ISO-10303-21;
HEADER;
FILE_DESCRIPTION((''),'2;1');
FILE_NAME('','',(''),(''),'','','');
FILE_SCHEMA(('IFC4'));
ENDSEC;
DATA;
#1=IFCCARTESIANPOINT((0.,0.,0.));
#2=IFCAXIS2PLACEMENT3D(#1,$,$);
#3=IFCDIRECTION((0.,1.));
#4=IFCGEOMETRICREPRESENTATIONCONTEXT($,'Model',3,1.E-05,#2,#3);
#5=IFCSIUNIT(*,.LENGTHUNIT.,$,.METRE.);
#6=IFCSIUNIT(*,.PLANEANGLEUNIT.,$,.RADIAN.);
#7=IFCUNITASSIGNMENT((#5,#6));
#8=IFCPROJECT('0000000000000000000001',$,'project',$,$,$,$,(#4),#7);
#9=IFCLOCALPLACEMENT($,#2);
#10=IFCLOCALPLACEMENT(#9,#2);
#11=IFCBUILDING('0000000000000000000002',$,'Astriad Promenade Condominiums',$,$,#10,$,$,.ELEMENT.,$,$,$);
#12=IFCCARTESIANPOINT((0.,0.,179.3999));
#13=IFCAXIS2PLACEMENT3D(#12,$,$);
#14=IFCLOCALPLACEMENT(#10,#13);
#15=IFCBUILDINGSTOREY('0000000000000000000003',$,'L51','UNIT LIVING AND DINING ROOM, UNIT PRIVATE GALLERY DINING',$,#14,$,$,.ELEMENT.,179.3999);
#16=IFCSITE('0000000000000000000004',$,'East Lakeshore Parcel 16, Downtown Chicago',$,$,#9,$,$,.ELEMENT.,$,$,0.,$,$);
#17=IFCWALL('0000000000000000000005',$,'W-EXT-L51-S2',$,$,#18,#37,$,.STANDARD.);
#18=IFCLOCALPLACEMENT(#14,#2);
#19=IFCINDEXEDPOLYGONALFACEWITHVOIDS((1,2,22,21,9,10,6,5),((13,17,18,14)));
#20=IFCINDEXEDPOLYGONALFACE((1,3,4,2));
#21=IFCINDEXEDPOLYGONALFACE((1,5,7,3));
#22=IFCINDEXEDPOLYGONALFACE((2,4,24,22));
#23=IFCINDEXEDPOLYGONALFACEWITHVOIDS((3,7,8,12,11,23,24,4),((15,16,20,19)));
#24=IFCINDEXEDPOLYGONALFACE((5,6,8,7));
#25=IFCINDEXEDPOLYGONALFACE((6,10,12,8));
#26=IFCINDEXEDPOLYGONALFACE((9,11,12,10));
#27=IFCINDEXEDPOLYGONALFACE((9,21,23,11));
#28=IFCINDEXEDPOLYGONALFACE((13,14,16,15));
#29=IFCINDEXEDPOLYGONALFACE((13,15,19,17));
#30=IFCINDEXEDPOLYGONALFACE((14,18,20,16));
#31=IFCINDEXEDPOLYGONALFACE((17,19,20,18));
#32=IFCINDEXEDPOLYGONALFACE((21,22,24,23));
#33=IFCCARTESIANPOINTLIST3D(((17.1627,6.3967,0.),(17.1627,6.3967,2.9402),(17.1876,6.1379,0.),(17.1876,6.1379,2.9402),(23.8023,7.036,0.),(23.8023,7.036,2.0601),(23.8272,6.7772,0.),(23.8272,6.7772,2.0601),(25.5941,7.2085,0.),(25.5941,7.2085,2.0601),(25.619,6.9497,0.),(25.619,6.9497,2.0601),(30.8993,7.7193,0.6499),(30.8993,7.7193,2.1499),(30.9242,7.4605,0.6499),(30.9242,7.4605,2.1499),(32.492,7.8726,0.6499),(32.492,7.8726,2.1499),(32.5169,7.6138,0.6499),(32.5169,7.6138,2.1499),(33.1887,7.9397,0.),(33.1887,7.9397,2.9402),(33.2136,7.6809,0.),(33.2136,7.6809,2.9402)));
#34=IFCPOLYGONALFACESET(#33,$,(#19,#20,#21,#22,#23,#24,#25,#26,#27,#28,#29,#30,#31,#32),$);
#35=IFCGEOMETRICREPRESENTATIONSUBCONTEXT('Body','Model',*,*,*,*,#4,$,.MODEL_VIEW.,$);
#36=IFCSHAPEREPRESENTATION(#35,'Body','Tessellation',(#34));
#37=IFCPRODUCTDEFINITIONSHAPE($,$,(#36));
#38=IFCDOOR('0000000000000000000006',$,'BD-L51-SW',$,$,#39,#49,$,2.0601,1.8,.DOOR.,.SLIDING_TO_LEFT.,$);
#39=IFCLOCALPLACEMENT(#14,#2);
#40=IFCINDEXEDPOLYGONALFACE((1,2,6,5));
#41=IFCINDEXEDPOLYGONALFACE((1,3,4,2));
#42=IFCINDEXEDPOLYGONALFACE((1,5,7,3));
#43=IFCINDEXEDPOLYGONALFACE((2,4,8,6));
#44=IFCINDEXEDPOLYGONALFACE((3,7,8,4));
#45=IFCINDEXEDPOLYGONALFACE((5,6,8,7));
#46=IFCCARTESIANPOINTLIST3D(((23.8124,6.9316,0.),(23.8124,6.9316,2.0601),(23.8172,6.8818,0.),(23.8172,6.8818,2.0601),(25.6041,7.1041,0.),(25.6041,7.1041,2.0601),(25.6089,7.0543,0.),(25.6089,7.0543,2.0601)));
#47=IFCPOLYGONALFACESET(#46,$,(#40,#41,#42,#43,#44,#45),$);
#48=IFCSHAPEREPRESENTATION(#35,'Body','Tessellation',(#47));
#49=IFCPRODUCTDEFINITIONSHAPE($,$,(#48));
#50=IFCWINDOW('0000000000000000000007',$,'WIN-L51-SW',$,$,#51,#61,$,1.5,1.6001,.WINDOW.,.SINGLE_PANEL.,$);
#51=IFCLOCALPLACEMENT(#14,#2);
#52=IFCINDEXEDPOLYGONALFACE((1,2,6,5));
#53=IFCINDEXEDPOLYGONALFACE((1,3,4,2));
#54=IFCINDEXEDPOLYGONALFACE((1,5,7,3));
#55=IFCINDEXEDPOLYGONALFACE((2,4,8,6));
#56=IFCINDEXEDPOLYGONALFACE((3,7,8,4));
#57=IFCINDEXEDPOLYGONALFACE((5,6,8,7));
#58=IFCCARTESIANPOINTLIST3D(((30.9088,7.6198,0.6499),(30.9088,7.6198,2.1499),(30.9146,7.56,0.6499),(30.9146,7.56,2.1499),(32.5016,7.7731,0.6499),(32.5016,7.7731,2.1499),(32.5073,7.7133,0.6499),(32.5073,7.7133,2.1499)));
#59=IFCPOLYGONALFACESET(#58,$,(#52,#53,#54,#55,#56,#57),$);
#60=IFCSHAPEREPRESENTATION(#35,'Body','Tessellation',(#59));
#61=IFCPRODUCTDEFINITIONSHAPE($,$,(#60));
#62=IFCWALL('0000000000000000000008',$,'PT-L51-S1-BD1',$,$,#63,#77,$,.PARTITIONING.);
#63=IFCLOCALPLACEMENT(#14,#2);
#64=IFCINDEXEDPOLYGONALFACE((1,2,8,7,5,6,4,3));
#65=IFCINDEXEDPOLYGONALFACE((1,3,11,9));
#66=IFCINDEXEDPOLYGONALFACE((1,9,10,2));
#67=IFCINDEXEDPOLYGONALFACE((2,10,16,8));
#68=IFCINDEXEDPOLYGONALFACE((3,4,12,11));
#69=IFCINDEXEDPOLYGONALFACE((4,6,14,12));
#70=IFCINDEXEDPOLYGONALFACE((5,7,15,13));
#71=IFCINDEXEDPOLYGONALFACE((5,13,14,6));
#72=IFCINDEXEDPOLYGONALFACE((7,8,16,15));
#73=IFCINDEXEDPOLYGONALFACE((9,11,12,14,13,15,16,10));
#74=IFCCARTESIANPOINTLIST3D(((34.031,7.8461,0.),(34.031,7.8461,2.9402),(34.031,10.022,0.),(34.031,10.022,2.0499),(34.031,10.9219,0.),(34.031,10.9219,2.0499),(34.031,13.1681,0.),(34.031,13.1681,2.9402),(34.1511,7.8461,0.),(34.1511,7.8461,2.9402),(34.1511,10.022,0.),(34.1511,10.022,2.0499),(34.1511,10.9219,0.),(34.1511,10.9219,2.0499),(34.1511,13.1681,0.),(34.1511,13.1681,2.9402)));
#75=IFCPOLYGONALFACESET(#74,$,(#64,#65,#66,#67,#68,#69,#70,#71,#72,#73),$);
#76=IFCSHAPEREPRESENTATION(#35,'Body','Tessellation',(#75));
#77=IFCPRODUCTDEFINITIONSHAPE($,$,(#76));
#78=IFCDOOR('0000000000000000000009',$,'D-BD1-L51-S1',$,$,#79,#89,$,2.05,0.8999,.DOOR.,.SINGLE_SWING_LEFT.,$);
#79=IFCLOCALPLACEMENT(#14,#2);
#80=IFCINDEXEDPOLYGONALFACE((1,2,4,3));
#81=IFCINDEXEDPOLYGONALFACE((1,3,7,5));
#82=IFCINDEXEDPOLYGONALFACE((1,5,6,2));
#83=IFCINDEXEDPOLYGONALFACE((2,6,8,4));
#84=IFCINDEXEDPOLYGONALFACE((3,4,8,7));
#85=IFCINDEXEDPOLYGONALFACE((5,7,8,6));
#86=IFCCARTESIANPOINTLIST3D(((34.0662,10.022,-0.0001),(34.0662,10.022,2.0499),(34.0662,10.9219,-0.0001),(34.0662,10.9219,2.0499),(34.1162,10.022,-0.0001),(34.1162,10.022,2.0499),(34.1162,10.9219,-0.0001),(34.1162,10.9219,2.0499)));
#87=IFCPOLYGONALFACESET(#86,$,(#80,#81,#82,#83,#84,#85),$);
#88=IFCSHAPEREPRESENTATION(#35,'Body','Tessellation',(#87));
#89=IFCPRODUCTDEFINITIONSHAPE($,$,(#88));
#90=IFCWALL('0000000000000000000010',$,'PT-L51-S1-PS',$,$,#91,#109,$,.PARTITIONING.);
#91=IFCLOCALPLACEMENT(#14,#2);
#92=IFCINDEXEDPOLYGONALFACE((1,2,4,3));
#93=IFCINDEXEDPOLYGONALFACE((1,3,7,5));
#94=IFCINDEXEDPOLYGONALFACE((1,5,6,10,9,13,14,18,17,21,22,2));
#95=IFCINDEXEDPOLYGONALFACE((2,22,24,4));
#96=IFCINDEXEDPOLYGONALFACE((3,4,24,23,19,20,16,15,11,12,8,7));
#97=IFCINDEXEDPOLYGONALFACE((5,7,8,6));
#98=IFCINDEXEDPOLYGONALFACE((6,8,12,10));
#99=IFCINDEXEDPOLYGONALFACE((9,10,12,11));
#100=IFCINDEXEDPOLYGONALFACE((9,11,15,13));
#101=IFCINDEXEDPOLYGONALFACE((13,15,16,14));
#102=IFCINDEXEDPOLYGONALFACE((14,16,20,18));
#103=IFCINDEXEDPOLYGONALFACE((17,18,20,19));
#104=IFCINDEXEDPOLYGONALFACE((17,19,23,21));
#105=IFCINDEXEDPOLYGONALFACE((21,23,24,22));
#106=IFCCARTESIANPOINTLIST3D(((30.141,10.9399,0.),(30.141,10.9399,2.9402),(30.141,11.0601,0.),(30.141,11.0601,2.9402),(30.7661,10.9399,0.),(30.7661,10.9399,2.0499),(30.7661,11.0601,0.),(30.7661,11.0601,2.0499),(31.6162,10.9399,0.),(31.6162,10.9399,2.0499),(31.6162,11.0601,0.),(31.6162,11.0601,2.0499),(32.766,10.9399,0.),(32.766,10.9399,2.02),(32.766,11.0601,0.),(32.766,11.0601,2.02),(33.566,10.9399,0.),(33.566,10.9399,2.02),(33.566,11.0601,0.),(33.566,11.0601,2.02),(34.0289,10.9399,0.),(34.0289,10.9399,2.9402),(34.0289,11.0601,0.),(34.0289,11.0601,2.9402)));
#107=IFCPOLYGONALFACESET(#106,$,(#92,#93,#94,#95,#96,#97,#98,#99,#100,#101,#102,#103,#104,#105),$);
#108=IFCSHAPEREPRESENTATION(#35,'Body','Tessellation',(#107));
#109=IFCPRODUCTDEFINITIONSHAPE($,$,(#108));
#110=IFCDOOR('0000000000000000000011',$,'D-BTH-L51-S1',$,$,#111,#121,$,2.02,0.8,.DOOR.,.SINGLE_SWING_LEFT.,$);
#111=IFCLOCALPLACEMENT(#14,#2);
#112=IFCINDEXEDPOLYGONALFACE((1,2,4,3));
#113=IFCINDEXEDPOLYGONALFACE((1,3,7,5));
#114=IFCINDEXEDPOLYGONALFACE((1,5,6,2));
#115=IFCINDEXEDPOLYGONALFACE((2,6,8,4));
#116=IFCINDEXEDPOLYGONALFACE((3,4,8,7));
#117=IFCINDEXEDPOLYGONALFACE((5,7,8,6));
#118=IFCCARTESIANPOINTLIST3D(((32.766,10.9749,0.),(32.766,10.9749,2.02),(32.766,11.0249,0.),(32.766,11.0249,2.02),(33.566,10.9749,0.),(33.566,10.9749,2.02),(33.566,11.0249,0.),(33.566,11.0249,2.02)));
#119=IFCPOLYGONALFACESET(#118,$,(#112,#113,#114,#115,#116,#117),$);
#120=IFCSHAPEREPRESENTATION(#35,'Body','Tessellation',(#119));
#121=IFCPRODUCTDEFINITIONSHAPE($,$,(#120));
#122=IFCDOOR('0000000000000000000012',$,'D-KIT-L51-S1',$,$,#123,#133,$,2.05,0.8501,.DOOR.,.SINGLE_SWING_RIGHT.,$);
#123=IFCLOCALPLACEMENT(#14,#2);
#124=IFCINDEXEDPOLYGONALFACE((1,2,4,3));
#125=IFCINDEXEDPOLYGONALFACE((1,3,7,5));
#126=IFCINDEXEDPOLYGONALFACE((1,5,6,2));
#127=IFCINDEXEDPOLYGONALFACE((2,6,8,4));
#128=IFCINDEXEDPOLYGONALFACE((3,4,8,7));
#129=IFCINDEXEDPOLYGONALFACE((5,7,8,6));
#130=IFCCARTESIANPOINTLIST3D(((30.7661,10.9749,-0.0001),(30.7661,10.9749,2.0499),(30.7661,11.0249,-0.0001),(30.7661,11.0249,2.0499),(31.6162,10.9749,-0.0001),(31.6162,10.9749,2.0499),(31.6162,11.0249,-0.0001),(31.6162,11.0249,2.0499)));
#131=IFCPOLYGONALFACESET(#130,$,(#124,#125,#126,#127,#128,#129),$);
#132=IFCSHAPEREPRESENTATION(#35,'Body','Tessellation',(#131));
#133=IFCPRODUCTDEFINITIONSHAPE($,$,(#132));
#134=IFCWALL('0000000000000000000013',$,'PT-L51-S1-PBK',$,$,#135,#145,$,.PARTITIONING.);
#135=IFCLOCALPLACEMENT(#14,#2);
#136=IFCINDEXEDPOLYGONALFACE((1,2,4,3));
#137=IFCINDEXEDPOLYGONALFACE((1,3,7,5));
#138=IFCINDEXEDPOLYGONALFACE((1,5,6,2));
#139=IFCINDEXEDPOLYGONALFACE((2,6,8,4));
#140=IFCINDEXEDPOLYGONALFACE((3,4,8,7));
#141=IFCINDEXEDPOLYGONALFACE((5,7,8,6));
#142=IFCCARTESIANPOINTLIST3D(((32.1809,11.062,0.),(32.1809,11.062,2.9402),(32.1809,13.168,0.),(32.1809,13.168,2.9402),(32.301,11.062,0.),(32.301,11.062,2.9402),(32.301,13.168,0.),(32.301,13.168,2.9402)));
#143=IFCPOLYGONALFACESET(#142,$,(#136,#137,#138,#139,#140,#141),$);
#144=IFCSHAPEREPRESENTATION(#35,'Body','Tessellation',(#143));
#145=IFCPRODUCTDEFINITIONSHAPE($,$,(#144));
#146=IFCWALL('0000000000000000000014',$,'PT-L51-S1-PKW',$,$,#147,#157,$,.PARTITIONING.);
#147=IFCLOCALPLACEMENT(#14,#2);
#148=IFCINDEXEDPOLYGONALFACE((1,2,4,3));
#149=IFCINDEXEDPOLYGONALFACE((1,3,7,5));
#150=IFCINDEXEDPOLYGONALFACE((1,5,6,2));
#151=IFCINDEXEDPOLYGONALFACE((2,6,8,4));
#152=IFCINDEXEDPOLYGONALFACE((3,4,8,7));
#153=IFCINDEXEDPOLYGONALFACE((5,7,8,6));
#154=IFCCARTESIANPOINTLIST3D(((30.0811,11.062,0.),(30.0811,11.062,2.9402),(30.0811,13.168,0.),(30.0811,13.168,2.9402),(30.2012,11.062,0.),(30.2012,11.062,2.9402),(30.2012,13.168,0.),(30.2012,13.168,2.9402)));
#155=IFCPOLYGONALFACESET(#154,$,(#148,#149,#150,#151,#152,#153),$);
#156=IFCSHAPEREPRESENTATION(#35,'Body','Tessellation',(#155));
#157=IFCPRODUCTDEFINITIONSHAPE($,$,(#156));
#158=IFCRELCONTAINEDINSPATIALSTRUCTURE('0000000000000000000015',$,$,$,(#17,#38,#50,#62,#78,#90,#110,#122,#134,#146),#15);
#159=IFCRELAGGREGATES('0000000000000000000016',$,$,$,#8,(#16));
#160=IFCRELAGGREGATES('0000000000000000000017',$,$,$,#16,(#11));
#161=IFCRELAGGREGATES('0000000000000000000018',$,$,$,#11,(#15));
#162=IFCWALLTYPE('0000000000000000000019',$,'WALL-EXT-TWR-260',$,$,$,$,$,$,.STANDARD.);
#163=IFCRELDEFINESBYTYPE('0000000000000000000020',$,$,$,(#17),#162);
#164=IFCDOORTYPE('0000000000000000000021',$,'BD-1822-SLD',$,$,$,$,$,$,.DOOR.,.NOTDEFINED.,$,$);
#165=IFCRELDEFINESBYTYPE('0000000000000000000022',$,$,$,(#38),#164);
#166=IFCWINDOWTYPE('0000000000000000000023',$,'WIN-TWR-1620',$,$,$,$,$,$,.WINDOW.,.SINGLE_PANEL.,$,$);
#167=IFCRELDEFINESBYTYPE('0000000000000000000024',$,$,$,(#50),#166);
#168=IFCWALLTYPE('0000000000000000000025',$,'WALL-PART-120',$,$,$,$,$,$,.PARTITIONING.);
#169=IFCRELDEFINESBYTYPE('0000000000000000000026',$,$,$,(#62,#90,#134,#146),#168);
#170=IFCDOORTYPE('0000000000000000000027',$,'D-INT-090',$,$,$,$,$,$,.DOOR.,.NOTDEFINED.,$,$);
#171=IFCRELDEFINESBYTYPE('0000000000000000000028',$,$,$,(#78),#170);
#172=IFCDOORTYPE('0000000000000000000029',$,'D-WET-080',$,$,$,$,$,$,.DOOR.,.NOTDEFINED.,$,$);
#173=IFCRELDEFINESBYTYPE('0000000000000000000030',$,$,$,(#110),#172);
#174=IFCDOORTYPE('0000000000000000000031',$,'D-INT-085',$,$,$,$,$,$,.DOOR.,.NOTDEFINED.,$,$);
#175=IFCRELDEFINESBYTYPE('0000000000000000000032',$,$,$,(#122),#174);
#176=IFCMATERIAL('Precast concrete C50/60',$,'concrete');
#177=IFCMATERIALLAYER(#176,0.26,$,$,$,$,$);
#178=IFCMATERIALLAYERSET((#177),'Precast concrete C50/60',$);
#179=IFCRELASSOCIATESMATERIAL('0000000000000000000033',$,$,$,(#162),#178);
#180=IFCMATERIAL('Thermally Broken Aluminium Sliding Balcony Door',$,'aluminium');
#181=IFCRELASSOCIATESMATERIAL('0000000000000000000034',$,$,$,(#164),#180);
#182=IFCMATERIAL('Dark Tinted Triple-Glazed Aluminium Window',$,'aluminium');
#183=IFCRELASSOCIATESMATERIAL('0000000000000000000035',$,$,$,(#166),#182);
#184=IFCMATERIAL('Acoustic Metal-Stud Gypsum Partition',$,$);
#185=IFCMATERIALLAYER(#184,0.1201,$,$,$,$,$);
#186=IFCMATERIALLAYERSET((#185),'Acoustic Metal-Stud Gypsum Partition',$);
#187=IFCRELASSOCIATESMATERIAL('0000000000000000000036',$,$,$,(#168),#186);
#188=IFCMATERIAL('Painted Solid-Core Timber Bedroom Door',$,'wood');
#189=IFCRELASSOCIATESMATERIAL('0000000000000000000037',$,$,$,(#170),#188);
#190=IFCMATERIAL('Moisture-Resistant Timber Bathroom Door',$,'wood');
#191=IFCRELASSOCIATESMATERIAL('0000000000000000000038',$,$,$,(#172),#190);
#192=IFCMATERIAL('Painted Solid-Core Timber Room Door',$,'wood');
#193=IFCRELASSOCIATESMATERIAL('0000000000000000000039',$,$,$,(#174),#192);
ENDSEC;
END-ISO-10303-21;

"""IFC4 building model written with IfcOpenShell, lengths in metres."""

from ifc_helpers import new_model, si_unit, direction, frame, frame_2d, origin, place, context, subcontext, project, spatial, rectangle, extrude, source, transform, mapped, material, layer, layer_set, type_object, type_shapes, element, fill, save


model = new_model("IFC4")

# Units and contexts
model_context = context("Model", 3, precision=1e-05, world=origin(), true_north=direction((0.0, 1.0)))
body_context = subcontext(model_context, "Body", "Model", "MODEL_VIEW")
ifc_project = project(units=[si_unit("LENGTHUNIT", "METRE"), si_unit("PLANEANGLEUNIT", "RADIAN")], contexts=[model_context])

# Site, building, storey
site_placement = place(None, origin())
site = spatial("IfcSite", under=ifc_project, at=site_placement, Name="East Lakeshore Parcel 16, Downtown Chicago", CompositionType="ELEMENT", RefElevation=0.0)
building_placement = place(site_placement, origin())
building = spatial("IfcBuilding", under=site, at=building_placement, Name="Astriad Promenade Condominiums", CompositionType="ELEMENT")
storey_placement = place(building_placement, frame((0.0, 0.0, 179.3999)))
storey = spatial("IfcBuildingStorey", under=building, at=storey_placement, Name="L51", Description="UNIT LIVING AND DINING ROOM, UNIT PRIVATE GALLERY DINING", CompositionType="ELEMENT", Elevation=179.3999)

# Wall, openings, door, window
ifc_material_1 = material(Name="Precast concrete C50/60", Category="concrete")
ifc_layer_1 = layer(ifc_material_1, 0.26)
ifc_layer_set_1 = layer_set([ifc_layer_1], Name="Precast concrete C50/60")
wall_type_1 = type_object("IfcWallType", Name="WALL-EXT-TWR-260", PredefinedType="STANDARD", material=ifc_layer_set_1)
wall_1_placement = place(storey_placement, frame((33.2012, 7.8103, 0.0), z_axis=(0.0, 0.0, 1.0), x_axis=(-0.995397, -0.095837, 0.0)))
wall_1 = element("IfcWall", 1, at=wall_1_placement, inside=storey, type_object=wall_type_1, Name="W-EXT-L51-S2", PredefinedType="STANDARD", context=body_context, shape_type="SweptSolid", body=[
    extrude(rectangle(XDim=16.1001, YDim=0.26, at=frame_2d((8.05, 0.0))), origin(), (0.0, 0.0, 1.0), 2.9402),
])
opening_1_placement = place(wall_1_placement, frame((7.6299, 0.0, 0.0)))
opening_1 = element("IfcOpeningElement", 2, at=opening_1_placement, cuts=wall_1, PredefinedType="OPENING", context=body_context, shape_type="SweptSolid", body=[
    extrude(rectangle(XDim=1.8, YDim=2.0601, at=frame_2d((0.8999, 1.03))), frame((0.0, 0.1399, 0.0), z_axis=(0.0, -1.0, 0.0), x_axis=(1.0, 0.0, 0.0)), (0.0, 0.0, 1.0), 0.28),
])
opening_2_placement = place(wall_1_placement, frame((0.7, 0.0, 0.6499)))
opening_2 = element("IfcOpeningElement", 3, at=opening_2_placement, cuts=wall_1, PredefinedType="OPENING", context=body_context, shape_type="SweptSolid", body=[
    extrude(rectangle(XDim=1.6001, YDim=1.5, at=frame_2d((0.8, 0.75))), frame((0.0, 0.1399, 0.0), z_axis=(0.0, -1.0, 0.0), x_axis=(1.0, 0.0, 0.0)), (0.0, 0.0, 1.0), 0.28),
])
ifc_material_2 = material(Name="Thermally Broken Aluminium Sliding Balcony Door", Category="aluminium")
door_type_1 = type_object("IfcDoorType", Name="BD-1822-SLD", OperationType="NOTDEFINED", PredefinedType="DOOR", material=ifc_material_2)
shared_shape_1 = source(origin(), body_context, "Body", "SweptSolid", [
    extrude(rectangle(XDim=1.8, YDim=2.0601, at=frame_2d((0.8999, 1.03))), frame((0.0, 0.0249, 0.0), z_axis=(0.0, -1.0, 0.0), x_axis=(1.0, 0.0, 0.0)), (0.0, 0.0, 1.0), 0.05),
])
type_shapes(door_type_1, [shared_shape_1])
door_1_placement = place(opening_1_placement, origin())
door_1 = element("IfcDoor", 4, at=door_1_placement, inside=storey, type_object=door_type_1, Name="BD-L51-SW", OperationType="SLIDING_TO_LEFT", OverallHeight=2.0601, OverallWidth=1.8, PredefinedType="DOOR", context=body_context, shape_type="MappedRepresentation", body=[
    mapped(shared_shape_1, transform((0.0, 0.0, 0.0), scale=1.0)),
])
fill(opening_1, door_1)
ifc_material_3 = material(Name="Dark Tinted Triple-Glazed Aluminium Window", Category="aluminium")
window_type = type_object("IfcWindowType", Name="WIN-TWR-1620", PartitioningType="SINGLE_PANEL", PredefinedType="WINDOW", material=ifc_material_3)
shared_shape_2 = source(origin(), body_context, "Body", "SweptSolid", [
    extrude(rectangle(XDim=1.6001, YDim=1.5, at=frame_2d((0.8, 0.75))), frame((0.0, 0.03, 0.0), z_axis=(0.0, -1.0, 0.0), x_axis=(1.0, 0.0, 0.0)), (0.0, 0.0, 1.0), 0.0601),
])
type_shapes(window_type, [shared_shape_2])
window_placement = place(opening_2_placement, origin())
window = element("IfcWindow", 5, at=window_placement, inside=storey, type_object=window_type, Name="WIN-L51-SW", OverallHeight=1.5, OverallWidth=1.6001, PartitioningType="SINGLE_PANEL", PredefinedType="WINDOW", context=body_context, shape_type="MappedRepresentation", body=[
    mapped(shared_shape_2, transform((0.0, 0.0, 0.0), scale=1.0)),
])
fill(opening_2, window)

# Wall, opening, door
ifc_material_4 = material(Name="Acoustic Metal-Stud Gypsum Partition")
ifc_layer_2 = layer(ifc_material_4, 0.1201)
ifc_layer_set_2 = layer_set([ifc_layer_2], Name="Acoustic Metal-Stud Gypsum Partition")
wall_type_2 = type_object("IfcWallType", Name="WALL-PART-120", PredefinedType="PARTITIONING", material=ifc_layer_set_2)
wall_2_placement = place(storey_placement, frame((34.0911, 7.8459, 0.0), z_axis=(0.0, 0.0, 1.0), x_axis=(0.0, 1.0, 0.0)))
wall_2 = element("IfcWall", 6, at=wall_2_placement, inside=storey, type_object=wall_type_2, Name="PT-L51-S1-BD1", PredefinedType="PARTITIONING", context=body_context, shape_type="SweptSolid", body=[
    extrude(rectangle(XDim=5.322, YDim=0.1201, at=frame_2d((2.6611, 0.0))), origin(), (0.0, 0.0, 1.0), 2.9402),
])
opening_3_placement = place(wall_2_placement, frame((2.176, 0.0, 0.0)))
opening_3 = element("IfcOpeningElement", 7, at=opening_3_placement, cuts=wall_2, PredefinedType="OPENING", context=body_context, shape_type="SweptSolid", body=[
    extrude(rectangle(XDim=0.8999, YDim=2.05, at=frame_2d((0.45, 1.0249))), frame((0.0, 0.0701, 0.0), z_axis=(0.0, -1.0, 0.0), x_axis=(1.0, 0.0, 0.0)), (0.0, 0.0, 1.0), 0.1401),
])
ifc_material_5 = material(Name="Painted Solid-Core Timber Bedroom Door", Category="wood")
door_type_2 = type_object("IfcDoorType", Name="D-INT-090", OperationType="NOTDEFINED", PredefinedType="DOOR", material=ifc_material_5)
shared_shape_3 = source(origin(), body_context, "Body", "SweptSolid", [
    extrude(rectangle(XDim=0.8999, YDim=2.05, at=frame_2d((0.45, 1.0249))), frame((0.0, 0.0249, 0.0), z_axis=(0.0, -1.0, 0.0), x_axis=(1.0, 0.0, 0.0)), (0.0, 0.0, 1.0), 0.05),
])
type_shapes(door_type_2, [shared_shape_3])
door_2_placement = place(opening_3_placement, origin())
door_2 = element("IfcDoor", 8, at=door_2_placement, inside=storey, type_object=door_type_2, Name="D-BD1-L51-S1", OperationType="SINGLE_SWING_LEFT", OverallHeight=2.05, OverallWidth=0.8999, PredefinedType="DOOR", context=body_context, shape_type="MappedRepresentation", body=[
    mapped(shared_shape_3, transform((0.0, 0.0, 0.0), scale=1.0)),
])
fill(opening_3, door_2)

# Wall, openings, doors
wall_3_placement = place(storey_placement, frame((30.1411, 11.0, 0.0), z_axis=(0.0, 0.0, 1.0), x_axis=(1.0, 0.0, 0.0)))
wall_3 = element("IfcWall", 9, at=wall_3_placement, inside=storey, type_object=wall_type_2, Name="PT-L51-S1-PS", PredefinedType="PARTITIONING", context=body_context, shape_type="SweptSolid", body=[
    extrude(rectangle(XDim=3.8879, YDim=0.1201, at=frame_2d((1.9438, 0.0))), origin(), (0.0, 0.0, 1.0), 2.9402),
])
opening_4_placement = place(wall_3_placement, frame((0.625, 0.0, 0.0)))
opening_4 = element("IfcOpeningElement", 10, at=opening_4_placement, cuts=wall_3, PredefinedType="OPENING", context=body_context, shape_type="SweptSolid", body=[
    extrude(rectangle(XDim=0.8501, YDim=2.05, at=frame_2d((0.425, 1.0249))), frame((0.0, 0.0701, 0.0), z_axis=(0.0, -1.0, 0.0), x_axis=(1.0, 0.0, 0.0)), (0.0, 0.0, 1.0), 0.1401),
])
opening_5_placement = place(wall_3_placement, frame((2.625, 0.0, 0.0)))
opening_5 = element("IfcOpeningElement", 11, at=opening_5_placement, cuts=wall_3, PredefinedType="OPENING", context=body_context, shape_type="SweptSolid", body=[
    extrude(rectangle(XDim=0.8, YDim=2.02, at=frame_2d((0.3999, 1.01))), frame((0.0, 0.0701, 0.0), z_axis=(0.0, -1.0, 0.0), x_axis=(1.0, 0.0, 0.0)), (0.0, 0.0, 1.0), 0.1401),
])
ifc_material_6 = material(Name="Moisture-Resistant Timber Bathroom Door", Category="wood")
door_type_3 = type_object("IfcDoorType", Name="D-WET-080", OperationType="NOTDEFINED", PredefinedType="DOOR", material=ifc_material_6)
shared_shape_4 = source(origin(), body_context, "Body", "SweptSolid", [
    extrude(rectangle(XDim=0.8, YDim=2.02, at=frame_2d((0.3999, 1.01))), frame((0.0, 0.0249, 0.0), z_axis=(0.0, -1.0, 0.0), x_axis=(1.0, 0.0, 0.0)), (0.0, 0.0, 1.0), 0.05),
])
type_shapes(door_type_3, [shared_shape_4])
door_3_placement = place(opening_5_placement, origin())
door_3 = element("IfcDoor", 12, at=door_3_placement, inside=storey, type_object=door_type_3, Name="D-BTH-L51-S1", OperationType="SINGLE_SWING_LEFT", OverallHeight=2.02, OverallWidth=0.8, PredefinedType="DOOR", context=body_context, shape_type="MappedRepresentation", body=[
    mapped(shared_shape_4, transform((0.0, 0.0, 0.0), scale=1.0)),
])
fill(opening_5, door_3)
ifc_material_7 = material(Name="Painted Solid-Core Timber Room Door", Category="wood")
door_type_4 = type_object("IfcDoorType", Name="D-INT-085", OperationType="NOTDEFINED", PredefinedType="DOOR", material=ifc_material_7)
shared_shape_5 = source(origin(), body_context, "Body", "SweptSolid", [
    extrude(rectangle(XDim=0.8501, YDim=2.05, at=frame_2d((0.425, 1.0249))), frame((0.0, 0.0249, 0.0), z_axis=(0.0, -1.0, 0.0), x_axis=(1.0, 0.0, 0.0)), (0.0, 0.0, 1.0), 0.05),
])
type_shapes(door_type_4, [shared_shape_5])
door_4_placement = place(opening_4_placement, origin())
door_4 = element("IfcDoor", 13, at=door_4_placement, inside=storey, type_object=door_type_4, Name="D-KIT-L51-S1", OperationType="SINGLE_SWING_RIGHT", OverallHeight=2.05, OverallWidth=0.8501, PredefinedType="DOOR", context=body_context, shape_type="MappedRepresentation", body=[
    mapped(shared_shape_5, transform((0.0, 0.0, 0.0), scale=1.0)),
])
fill(opening_4, door_4)

# Walls
for number, where, z_axis, x_axis, name in (
    (14, (32.241, 11.062, 0.0), (0.0, 0.0, 1.0), (0.0, 1.0, 0.0), "PT-L51-S1-PBK"),
    (15, (30.1411, 11.062, 0.0), (0.0, 0.0, 1.0), (0.0, 1.0, 0.0), "PT-L51-S1-PKW"),
):
    element("IfcWall", number, at=place(storey_placement, frame(where, z_axis=z_axis, x_axis=x_axis)), inside=storey, type_object=wall_type_2, Name=name, PredefinedType="PARTITIONING", context=body_context, shape_type="SweptSolid", body=[
        extrude(rectangle(XDim=2.106, YDim=0.1201, at=frame_2d((1.053, 0.0))), origin(), (0.0, 0.0, 1.0), 2.9402),
    ])

save(model, "model.ifc")
